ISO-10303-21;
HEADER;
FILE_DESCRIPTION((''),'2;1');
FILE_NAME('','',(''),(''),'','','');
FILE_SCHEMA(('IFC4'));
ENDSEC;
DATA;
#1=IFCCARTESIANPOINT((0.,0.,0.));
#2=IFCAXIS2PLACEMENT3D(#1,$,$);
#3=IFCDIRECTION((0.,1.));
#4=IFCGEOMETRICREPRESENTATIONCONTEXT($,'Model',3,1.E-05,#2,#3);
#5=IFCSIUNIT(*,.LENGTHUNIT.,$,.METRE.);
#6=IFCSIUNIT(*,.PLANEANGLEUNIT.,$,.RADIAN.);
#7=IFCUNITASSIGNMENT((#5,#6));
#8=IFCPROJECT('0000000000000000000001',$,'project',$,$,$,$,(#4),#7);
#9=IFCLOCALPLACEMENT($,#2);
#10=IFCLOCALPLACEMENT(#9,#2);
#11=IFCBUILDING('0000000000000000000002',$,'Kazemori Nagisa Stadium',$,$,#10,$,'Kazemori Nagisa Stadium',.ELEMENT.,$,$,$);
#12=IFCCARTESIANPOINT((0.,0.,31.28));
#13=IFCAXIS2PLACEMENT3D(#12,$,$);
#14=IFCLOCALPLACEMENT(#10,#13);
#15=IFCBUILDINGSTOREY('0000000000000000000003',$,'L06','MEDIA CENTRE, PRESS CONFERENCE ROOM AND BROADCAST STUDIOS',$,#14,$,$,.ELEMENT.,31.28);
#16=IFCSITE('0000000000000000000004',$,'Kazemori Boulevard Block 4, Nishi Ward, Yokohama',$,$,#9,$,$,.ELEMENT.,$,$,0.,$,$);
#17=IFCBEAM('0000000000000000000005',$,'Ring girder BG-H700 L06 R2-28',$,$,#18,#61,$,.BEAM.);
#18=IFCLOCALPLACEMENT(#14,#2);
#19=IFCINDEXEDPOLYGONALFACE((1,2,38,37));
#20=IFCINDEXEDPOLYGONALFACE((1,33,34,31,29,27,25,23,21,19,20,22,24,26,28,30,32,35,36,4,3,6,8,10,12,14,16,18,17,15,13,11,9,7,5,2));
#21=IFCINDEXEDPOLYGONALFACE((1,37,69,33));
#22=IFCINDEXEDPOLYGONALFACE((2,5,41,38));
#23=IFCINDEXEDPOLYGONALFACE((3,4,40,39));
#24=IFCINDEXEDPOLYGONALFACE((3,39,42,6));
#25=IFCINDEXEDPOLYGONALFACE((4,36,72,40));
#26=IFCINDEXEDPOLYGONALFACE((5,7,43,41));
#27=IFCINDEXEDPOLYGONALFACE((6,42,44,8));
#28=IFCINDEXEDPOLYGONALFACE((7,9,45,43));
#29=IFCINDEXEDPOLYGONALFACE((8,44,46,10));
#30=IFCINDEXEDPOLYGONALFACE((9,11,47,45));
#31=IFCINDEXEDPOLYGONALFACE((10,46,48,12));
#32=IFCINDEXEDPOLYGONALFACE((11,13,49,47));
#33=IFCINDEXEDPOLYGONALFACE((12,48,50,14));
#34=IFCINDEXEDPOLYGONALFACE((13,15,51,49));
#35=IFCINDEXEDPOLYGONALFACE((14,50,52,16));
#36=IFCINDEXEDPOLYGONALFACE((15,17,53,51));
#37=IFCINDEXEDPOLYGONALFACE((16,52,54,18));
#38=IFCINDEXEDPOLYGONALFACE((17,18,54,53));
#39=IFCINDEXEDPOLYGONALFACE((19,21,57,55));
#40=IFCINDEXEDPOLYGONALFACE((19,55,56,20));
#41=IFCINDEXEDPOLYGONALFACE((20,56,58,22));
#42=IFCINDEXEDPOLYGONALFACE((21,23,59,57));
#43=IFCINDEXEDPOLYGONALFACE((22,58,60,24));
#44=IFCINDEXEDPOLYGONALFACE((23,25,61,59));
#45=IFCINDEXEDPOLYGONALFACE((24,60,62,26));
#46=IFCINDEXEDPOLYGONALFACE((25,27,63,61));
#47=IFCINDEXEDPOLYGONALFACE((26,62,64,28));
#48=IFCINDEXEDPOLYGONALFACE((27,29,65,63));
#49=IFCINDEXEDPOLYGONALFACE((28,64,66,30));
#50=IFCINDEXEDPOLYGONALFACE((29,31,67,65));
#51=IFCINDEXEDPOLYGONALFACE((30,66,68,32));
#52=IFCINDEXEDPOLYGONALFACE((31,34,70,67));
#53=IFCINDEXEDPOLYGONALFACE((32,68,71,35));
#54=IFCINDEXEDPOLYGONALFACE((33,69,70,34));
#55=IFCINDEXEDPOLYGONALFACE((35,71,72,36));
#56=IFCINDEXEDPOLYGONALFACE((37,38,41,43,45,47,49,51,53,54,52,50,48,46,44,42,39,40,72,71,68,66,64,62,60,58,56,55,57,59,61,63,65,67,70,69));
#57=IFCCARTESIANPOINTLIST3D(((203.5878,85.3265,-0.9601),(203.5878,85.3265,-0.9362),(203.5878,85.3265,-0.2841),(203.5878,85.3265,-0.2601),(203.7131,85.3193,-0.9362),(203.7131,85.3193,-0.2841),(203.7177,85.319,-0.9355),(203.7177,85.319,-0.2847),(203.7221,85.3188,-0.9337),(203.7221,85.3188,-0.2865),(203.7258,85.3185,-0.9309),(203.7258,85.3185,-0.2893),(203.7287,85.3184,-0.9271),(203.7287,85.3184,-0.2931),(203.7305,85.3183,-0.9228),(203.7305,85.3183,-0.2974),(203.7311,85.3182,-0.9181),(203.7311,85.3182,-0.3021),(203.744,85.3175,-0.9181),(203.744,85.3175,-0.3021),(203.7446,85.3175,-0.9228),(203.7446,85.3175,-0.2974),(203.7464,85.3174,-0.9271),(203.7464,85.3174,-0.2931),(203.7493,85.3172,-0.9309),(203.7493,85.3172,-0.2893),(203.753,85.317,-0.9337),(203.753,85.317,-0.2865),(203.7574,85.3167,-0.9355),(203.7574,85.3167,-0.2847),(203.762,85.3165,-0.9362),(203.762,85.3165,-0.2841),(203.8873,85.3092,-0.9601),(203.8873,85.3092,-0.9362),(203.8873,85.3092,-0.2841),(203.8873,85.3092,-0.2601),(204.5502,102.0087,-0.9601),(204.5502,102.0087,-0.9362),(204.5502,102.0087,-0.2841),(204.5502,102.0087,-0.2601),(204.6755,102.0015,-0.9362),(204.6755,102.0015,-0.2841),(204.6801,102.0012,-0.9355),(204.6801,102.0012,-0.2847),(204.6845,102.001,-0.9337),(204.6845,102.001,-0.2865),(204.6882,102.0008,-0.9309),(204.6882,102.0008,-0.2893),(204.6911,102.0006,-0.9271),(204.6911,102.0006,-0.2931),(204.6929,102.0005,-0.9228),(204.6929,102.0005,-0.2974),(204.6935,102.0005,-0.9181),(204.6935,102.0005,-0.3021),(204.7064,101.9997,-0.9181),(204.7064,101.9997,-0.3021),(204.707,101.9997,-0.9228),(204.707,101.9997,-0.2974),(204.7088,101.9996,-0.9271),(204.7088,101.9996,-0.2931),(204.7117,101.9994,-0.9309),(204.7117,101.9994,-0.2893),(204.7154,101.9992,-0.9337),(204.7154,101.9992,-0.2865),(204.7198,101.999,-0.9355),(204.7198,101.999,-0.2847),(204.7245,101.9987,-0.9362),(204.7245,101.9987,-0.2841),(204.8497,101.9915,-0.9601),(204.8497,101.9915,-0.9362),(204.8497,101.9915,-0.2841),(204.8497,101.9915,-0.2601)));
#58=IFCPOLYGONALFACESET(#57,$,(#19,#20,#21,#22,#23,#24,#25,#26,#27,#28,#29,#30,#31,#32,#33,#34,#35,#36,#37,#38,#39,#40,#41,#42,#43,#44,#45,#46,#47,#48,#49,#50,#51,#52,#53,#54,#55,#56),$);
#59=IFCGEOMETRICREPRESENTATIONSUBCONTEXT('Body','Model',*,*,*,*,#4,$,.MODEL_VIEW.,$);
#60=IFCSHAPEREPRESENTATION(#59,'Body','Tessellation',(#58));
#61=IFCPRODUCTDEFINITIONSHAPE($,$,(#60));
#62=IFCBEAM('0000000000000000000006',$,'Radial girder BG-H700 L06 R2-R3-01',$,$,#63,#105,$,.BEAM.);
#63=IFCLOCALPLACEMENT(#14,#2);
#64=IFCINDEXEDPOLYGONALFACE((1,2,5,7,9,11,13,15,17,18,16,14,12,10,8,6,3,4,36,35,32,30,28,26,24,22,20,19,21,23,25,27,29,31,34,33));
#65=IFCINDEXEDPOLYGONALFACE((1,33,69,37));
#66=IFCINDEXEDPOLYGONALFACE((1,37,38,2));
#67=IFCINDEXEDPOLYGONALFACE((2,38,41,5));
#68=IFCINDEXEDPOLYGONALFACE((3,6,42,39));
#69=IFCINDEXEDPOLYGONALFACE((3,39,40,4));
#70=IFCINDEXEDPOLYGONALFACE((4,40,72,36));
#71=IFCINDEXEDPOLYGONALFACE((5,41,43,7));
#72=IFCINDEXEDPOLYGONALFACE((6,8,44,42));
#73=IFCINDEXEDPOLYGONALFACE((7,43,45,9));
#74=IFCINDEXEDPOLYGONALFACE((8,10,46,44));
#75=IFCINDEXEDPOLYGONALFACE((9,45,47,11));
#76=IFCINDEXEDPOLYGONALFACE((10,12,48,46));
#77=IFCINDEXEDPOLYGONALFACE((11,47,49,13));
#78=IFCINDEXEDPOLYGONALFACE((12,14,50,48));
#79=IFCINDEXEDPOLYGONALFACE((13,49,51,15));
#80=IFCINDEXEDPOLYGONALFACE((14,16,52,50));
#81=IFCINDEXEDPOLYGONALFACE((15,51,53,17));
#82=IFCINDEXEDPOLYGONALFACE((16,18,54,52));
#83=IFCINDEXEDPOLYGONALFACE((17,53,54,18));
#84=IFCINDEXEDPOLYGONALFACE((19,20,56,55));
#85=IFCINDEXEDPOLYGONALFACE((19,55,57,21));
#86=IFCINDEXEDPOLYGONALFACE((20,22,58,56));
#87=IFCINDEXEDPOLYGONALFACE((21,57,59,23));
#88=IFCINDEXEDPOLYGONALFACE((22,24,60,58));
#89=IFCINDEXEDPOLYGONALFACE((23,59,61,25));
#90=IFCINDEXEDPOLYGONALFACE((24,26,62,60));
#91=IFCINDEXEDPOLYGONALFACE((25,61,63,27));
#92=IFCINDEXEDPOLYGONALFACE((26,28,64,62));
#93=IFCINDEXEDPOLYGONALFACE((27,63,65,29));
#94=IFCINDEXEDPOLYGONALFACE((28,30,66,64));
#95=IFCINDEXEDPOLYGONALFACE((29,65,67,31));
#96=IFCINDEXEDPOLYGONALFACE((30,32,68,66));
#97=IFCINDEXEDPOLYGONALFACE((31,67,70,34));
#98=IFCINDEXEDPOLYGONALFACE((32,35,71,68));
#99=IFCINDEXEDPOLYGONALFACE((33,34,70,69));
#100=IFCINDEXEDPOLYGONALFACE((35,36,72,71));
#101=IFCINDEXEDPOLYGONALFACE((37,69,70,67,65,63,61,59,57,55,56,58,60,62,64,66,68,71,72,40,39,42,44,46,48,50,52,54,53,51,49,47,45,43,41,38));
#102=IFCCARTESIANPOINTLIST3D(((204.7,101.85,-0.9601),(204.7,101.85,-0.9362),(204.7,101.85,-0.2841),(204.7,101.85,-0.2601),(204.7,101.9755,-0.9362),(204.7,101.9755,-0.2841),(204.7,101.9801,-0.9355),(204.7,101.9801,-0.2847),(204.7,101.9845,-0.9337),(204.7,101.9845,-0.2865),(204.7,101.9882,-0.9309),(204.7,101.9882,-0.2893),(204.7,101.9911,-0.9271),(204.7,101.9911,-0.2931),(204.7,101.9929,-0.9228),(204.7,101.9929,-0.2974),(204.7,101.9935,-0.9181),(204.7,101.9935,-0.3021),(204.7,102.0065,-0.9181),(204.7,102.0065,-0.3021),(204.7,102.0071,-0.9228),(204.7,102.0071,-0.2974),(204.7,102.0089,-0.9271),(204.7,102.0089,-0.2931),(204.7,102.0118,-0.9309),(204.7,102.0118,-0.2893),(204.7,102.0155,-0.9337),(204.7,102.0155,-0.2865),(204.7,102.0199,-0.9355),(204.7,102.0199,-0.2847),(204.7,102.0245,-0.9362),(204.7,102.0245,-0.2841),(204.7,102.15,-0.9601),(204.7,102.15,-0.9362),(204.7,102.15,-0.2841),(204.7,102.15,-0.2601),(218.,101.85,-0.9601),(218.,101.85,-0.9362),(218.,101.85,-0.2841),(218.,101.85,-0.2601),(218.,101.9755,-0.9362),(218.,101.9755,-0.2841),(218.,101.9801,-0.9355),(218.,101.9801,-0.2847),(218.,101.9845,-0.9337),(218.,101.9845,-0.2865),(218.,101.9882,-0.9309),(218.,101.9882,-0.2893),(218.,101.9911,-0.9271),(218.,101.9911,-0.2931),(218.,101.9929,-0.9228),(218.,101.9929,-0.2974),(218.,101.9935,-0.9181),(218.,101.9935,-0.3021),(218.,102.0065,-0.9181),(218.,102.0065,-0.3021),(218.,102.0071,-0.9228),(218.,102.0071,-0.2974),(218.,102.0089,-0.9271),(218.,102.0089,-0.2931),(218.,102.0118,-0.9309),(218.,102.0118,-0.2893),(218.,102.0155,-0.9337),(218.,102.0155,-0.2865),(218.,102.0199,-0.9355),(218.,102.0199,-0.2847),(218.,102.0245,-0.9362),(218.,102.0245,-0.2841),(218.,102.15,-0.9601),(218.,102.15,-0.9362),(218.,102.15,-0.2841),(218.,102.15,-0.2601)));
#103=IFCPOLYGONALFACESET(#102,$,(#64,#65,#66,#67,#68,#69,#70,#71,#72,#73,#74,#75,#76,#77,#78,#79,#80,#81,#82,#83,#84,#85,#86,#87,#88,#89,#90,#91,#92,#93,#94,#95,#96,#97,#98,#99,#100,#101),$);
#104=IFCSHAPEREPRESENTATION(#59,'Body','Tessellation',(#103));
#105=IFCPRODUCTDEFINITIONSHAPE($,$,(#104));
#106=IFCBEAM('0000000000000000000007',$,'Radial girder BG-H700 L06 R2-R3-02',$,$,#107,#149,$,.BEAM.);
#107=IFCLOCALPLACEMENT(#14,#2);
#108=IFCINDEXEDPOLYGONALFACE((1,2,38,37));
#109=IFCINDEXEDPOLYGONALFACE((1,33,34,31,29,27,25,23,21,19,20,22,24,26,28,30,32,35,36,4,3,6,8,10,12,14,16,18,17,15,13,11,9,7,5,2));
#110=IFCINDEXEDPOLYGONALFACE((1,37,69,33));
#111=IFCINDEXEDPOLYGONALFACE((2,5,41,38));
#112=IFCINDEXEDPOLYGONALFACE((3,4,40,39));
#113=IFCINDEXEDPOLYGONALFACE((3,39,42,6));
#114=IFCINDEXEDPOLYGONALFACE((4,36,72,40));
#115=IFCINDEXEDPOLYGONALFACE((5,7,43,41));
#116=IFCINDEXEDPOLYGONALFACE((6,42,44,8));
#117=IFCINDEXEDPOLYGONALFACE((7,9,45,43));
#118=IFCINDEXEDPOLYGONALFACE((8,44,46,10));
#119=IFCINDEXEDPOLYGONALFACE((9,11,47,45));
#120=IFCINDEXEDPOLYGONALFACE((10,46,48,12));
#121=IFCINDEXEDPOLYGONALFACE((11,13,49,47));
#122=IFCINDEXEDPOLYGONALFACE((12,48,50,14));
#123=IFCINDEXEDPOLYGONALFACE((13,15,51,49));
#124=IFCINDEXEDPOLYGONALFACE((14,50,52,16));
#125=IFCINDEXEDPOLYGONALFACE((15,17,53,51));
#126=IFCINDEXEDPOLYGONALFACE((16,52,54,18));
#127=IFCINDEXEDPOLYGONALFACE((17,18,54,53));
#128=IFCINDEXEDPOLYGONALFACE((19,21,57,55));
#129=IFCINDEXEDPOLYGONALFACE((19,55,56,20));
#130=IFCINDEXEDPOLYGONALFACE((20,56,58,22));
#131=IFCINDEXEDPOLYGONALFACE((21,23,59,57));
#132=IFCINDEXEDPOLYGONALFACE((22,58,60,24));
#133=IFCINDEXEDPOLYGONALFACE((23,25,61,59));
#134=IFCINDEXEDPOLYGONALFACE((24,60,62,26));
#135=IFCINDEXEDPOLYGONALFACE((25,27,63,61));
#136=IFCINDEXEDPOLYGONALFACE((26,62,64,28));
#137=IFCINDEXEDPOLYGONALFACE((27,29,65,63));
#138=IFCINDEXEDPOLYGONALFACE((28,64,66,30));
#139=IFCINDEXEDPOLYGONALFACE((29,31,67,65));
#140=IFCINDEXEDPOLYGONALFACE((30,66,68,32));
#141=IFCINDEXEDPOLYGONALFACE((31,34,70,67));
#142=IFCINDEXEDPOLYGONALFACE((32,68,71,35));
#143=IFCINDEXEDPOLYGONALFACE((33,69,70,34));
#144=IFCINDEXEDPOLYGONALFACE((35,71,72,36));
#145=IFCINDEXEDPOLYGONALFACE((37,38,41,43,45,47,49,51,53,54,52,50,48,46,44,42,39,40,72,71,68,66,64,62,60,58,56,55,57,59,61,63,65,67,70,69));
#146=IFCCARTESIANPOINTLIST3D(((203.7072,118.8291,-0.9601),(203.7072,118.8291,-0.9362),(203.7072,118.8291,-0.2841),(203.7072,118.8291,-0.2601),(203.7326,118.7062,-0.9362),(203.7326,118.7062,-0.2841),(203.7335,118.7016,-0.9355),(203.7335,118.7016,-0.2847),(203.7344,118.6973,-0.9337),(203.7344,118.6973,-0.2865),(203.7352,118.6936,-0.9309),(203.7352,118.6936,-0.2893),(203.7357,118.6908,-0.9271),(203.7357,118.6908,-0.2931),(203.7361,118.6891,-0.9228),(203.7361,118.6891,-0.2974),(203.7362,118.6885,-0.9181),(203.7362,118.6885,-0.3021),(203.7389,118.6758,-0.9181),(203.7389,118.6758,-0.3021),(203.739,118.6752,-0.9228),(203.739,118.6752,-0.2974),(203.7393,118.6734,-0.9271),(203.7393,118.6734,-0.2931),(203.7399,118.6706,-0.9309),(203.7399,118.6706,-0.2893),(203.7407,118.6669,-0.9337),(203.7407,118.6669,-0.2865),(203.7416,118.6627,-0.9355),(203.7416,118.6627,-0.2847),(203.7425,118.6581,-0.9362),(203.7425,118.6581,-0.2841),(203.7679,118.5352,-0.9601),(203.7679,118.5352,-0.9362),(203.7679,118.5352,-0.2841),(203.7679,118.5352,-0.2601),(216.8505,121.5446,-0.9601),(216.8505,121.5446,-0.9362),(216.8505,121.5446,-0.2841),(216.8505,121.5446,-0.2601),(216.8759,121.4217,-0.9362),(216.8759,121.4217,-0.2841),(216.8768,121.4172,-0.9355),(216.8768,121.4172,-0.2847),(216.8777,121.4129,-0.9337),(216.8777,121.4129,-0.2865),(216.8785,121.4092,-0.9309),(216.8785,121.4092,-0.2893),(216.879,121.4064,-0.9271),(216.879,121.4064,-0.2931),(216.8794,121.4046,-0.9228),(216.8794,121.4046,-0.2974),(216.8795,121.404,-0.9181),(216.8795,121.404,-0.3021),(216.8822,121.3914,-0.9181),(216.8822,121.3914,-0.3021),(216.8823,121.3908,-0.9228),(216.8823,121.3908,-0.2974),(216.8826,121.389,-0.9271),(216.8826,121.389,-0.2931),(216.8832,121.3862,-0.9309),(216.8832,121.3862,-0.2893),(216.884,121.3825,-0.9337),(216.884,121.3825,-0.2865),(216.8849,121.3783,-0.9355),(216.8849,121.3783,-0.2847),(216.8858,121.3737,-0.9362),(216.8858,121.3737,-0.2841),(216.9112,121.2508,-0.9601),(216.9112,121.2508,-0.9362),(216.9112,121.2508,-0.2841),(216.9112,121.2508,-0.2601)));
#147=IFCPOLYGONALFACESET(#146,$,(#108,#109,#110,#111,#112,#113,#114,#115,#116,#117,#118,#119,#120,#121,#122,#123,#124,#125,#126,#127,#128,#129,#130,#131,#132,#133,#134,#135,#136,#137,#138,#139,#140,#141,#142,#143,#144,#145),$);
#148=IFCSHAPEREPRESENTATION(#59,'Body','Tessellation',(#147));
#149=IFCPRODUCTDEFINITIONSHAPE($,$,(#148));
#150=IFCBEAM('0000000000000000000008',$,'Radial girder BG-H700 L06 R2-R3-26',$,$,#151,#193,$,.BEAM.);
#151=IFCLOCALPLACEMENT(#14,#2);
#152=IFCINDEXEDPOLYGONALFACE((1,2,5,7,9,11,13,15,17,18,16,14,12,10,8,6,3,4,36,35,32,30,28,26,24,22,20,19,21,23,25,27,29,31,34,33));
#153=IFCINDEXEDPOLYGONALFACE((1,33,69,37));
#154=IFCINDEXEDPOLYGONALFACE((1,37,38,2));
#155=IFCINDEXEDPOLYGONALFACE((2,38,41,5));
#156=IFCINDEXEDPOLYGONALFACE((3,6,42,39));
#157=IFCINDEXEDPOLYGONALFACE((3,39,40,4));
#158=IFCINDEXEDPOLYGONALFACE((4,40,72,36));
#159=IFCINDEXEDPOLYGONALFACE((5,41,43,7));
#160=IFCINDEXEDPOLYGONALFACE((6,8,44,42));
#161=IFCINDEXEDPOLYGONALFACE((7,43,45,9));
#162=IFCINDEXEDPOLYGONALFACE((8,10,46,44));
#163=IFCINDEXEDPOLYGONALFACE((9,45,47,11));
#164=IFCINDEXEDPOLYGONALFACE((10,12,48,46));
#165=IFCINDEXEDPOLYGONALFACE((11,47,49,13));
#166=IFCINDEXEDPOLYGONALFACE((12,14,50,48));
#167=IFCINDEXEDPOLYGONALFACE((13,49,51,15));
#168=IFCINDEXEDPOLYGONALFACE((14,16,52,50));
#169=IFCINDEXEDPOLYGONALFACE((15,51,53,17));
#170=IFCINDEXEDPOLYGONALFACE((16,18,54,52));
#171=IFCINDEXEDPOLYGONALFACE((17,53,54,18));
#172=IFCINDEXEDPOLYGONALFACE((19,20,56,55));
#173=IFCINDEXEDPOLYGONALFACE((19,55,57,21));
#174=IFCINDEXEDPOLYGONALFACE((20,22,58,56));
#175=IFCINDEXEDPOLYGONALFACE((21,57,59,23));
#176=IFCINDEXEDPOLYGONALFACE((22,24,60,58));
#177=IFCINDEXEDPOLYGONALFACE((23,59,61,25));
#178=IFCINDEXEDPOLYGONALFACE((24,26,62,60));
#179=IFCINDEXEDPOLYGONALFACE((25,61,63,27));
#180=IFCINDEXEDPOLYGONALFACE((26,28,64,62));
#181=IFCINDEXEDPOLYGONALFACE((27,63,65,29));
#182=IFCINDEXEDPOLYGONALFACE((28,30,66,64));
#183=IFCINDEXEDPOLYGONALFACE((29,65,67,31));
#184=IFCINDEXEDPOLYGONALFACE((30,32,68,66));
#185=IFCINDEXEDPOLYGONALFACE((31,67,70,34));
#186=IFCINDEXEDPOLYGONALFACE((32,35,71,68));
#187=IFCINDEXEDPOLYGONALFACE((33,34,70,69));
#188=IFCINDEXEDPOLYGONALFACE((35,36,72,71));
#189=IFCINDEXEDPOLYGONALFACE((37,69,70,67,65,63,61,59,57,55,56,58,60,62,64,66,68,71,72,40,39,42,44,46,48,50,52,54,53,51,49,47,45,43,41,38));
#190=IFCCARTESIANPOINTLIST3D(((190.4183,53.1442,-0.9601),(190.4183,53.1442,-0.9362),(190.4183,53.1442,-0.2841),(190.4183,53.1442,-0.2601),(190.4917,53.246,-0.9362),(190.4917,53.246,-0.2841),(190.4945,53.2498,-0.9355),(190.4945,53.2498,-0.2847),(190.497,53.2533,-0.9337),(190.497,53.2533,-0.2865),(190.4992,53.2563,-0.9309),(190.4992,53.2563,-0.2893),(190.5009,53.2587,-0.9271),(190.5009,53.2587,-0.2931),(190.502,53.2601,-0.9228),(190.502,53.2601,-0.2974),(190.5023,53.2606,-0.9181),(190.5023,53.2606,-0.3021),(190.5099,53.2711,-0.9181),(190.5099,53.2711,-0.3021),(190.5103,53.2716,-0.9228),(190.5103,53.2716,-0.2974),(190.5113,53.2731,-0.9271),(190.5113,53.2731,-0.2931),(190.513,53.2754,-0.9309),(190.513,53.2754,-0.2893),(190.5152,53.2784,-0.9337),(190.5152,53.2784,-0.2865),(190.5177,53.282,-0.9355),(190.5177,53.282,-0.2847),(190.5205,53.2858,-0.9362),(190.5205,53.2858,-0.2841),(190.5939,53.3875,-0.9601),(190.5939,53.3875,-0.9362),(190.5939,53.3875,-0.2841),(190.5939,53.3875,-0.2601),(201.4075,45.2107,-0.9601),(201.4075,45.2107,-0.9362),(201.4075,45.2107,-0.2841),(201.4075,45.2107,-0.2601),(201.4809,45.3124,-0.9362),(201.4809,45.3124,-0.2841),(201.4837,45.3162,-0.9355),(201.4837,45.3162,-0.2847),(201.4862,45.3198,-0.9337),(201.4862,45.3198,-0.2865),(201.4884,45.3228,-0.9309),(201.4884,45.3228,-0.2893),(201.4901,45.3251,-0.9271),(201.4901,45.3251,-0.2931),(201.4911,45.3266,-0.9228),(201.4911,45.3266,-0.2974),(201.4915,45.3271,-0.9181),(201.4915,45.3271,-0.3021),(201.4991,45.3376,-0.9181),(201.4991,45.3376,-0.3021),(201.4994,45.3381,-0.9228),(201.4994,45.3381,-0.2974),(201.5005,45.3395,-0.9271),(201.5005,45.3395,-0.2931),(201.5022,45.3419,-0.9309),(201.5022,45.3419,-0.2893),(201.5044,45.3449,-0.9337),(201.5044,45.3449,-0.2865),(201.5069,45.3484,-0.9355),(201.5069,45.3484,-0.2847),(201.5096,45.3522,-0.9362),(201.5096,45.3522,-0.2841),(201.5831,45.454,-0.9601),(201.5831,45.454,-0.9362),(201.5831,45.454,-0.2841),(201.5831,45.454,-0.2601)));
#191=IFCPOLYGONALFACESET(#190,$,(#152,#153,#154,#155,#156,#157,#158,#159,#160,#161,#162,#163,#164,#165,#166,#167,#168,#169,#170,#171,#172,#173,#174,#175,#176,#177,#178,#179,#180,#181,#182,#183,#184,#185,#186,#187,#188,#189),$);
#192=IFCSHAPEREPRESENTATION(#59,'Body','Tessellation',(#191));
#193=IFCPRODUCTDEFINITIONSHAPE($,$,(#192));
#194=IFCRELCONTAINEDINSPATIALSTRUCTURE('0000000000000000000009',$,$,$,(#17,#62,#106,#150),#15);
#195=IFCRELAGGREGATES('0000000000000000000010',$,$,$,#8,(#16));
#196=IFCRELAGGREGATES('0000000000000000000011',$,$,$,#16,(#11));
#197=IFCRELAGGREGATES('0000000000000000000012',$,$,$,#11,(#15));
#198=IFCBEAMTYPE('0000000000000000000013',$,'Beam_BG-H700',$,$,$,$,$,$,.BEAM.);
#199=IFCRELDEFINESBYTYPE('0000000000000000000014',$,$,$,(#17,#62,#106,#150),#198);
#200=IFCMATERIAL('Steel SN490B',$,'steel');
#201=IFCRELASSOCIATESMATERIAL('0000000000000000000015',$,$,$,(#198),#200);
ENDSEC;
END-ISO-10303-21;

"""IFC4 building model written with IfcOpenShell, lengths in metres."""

from ifc_helpers import new_model, si_unit, direction, frame, origin, origin_2d, place, context, subcontext, project, spatial, i_section, extrude, material, material_profile, profile_set, type_object, element, save


model = new_model("IFC4")

# Units and contexts
model_context = context("Model", 3, precision=1e-05, world=origin(), true_north=direction((0.0, 1.0)))
body_context = subcontext(model_context, "Body", "Model", "MODEL_VIEW")
ifc_project = project(units=[si_unit("LENGTHUNIT", "METRE"), si_unit("PLANEANGLEUNIT", "RADIAN")], contexts=[model_context])

# Site, building, storey
site_placement = place(None, origin())
site = spatial("IfcSite", under=ifc_project, at=site_placement, Name="Kazemori Boulevard Block 4, Nishi Ward, Yokohama", CompositionType="ELEMENT", RefElevation=0.0)
building_placement = place(site_placement, origin())
building = spatial("IfcBuilding", under=site, at=building_placement, Name="Kazemori Nagisa Stadium", LongName="Kazemori Nagisa Stadium", CompositionType="ELEMENT")
storey_placement = place(building_placement, frame((0.0, 0.0, 31.28)))
storey = spatial("IfcBuildingStorey", under=building, at=storey_placement, Name="L06", Description="MEDIA CENTRE, PRESS CONFERENCE ROOM AND BROADCAST STUDIOS", CompositionType="ELEMENT", Elevation=31.28)

# Shared definitions
ifc_material_1 = material(Name="Steel SN490B", Category="steel")

# Beams
ifc_material_profile_1 = material_profile(ifc_material_1, i_section(OverallWidth=0.3, OverallDepth=0.7, WebThickness=0.0129, FlangeThickness=0.0239, FilletRadius=0.0181, at=origin_2d()), Name="H-700x300x13x24")
ifc_profile_set_1 = profile_set([ifc_material_profile_1], Name="Steel SN490B")
beam_type_1 = type_object("IfcBeamType", Name="Beam_BG-H700", PredefinedType="BEAM", material=ifc_profile_set_1)
beam_1_placement = place(storey_placement, frame((203.7375, 85.3179, -0.6101), z_axis=(0.057595, 0.99834, 0.0), x_axis=(-0.99834, 0.057595, 0.0)))
element("IfcBeam", 1, at=beam_1_placement, inside=storey, type_object=beam_type_1, Name="Ring girder BG-H700 L06 R2-28", PredefinedType="BEAM", context=body_context, shape_type="SweptSolid", body=[
    extrude(i_section(OverallWidth=0.3, OverallDepth=0.7, WebThickness=0.0129, FlangeThickness=0.0239, FilletRadius=0.0181, at=origin_2d()), origin(), (0.0, 0.0, 1.0), 16.71),
])
beam_2_placement = place(storey_placement, frame((204.7, 102.0, -0.6101), z_axis=(1.0, 0.0, 0.0), x_axis=(0.0, 1.0, 0.0)))
element("IfcBeam", 2, at=beam_2_placement, inside=storey, type_object=beam_type_1, Name="Radial girder BG-H700 L06 R2-R3-01", PredefinedType="BEAM", context=body_context, shape_type="SweptSolid", body=[
    extrude(i_section(OverallWidth=0.3, OverallDepth=0.7, WebThickness=0.0129, FlangeThickness=0.0239, FilletRadius=0.0181, at=origin_2d()), origin(), (0.0, 0.0, 1.0), 13.3),
])
beam_3_placement = place(storey_placement, frame((203.7375, 118.6821, -0.6101), z_axis=(0.979316, 0.202339, 0.0), x_axis=(-0.202339, 0.979316, 0.0)))
element("IfcBeam", 3, at=beam_3_placement, inside=storey, type_object=beam_type_1, Name="Radial girder BG-H700 L06 R2-R3-02", PredefinedType="BEAM", context=body_context, shape_type="SweptSolid", body=[
    extrude(i_section(OverallWidth=0.3, OverallDepth=0.7, WebThickness=0.0129, FlangeThickness=0.0239, FilletRadius=0.0181, at=origin_2d()), origin(), (0.0, 0.0, 1.0), 13.4209),
])
beam_4_placement = place(storey_placement, frame((190.5061, 53.2659, -0.6101), z_axis=(0.810788, -0.585341, 0.0), x_axis=(0.585341, 0.810788, 0.0)))
element("IfcBeam", 4, at=beam_4_placement, inside=storey, type_object=beam_type_1, Name="Radial girder BG-H700 L06 R2-R3-26", PredefinedType="BEAM", context=body_context, shape_type="SweptSolid", body=[
    extrude(i_section(OverallWidth=0.3, OverallDepth=0.7, WebThickness=0.0129, FlangeThickness=0.0239, FilletRadius=0.0181, at=origin_2d()), origin(), (0.0, 0.0, 1.0), 13.5537),
])

save(model, "model.ifc")
